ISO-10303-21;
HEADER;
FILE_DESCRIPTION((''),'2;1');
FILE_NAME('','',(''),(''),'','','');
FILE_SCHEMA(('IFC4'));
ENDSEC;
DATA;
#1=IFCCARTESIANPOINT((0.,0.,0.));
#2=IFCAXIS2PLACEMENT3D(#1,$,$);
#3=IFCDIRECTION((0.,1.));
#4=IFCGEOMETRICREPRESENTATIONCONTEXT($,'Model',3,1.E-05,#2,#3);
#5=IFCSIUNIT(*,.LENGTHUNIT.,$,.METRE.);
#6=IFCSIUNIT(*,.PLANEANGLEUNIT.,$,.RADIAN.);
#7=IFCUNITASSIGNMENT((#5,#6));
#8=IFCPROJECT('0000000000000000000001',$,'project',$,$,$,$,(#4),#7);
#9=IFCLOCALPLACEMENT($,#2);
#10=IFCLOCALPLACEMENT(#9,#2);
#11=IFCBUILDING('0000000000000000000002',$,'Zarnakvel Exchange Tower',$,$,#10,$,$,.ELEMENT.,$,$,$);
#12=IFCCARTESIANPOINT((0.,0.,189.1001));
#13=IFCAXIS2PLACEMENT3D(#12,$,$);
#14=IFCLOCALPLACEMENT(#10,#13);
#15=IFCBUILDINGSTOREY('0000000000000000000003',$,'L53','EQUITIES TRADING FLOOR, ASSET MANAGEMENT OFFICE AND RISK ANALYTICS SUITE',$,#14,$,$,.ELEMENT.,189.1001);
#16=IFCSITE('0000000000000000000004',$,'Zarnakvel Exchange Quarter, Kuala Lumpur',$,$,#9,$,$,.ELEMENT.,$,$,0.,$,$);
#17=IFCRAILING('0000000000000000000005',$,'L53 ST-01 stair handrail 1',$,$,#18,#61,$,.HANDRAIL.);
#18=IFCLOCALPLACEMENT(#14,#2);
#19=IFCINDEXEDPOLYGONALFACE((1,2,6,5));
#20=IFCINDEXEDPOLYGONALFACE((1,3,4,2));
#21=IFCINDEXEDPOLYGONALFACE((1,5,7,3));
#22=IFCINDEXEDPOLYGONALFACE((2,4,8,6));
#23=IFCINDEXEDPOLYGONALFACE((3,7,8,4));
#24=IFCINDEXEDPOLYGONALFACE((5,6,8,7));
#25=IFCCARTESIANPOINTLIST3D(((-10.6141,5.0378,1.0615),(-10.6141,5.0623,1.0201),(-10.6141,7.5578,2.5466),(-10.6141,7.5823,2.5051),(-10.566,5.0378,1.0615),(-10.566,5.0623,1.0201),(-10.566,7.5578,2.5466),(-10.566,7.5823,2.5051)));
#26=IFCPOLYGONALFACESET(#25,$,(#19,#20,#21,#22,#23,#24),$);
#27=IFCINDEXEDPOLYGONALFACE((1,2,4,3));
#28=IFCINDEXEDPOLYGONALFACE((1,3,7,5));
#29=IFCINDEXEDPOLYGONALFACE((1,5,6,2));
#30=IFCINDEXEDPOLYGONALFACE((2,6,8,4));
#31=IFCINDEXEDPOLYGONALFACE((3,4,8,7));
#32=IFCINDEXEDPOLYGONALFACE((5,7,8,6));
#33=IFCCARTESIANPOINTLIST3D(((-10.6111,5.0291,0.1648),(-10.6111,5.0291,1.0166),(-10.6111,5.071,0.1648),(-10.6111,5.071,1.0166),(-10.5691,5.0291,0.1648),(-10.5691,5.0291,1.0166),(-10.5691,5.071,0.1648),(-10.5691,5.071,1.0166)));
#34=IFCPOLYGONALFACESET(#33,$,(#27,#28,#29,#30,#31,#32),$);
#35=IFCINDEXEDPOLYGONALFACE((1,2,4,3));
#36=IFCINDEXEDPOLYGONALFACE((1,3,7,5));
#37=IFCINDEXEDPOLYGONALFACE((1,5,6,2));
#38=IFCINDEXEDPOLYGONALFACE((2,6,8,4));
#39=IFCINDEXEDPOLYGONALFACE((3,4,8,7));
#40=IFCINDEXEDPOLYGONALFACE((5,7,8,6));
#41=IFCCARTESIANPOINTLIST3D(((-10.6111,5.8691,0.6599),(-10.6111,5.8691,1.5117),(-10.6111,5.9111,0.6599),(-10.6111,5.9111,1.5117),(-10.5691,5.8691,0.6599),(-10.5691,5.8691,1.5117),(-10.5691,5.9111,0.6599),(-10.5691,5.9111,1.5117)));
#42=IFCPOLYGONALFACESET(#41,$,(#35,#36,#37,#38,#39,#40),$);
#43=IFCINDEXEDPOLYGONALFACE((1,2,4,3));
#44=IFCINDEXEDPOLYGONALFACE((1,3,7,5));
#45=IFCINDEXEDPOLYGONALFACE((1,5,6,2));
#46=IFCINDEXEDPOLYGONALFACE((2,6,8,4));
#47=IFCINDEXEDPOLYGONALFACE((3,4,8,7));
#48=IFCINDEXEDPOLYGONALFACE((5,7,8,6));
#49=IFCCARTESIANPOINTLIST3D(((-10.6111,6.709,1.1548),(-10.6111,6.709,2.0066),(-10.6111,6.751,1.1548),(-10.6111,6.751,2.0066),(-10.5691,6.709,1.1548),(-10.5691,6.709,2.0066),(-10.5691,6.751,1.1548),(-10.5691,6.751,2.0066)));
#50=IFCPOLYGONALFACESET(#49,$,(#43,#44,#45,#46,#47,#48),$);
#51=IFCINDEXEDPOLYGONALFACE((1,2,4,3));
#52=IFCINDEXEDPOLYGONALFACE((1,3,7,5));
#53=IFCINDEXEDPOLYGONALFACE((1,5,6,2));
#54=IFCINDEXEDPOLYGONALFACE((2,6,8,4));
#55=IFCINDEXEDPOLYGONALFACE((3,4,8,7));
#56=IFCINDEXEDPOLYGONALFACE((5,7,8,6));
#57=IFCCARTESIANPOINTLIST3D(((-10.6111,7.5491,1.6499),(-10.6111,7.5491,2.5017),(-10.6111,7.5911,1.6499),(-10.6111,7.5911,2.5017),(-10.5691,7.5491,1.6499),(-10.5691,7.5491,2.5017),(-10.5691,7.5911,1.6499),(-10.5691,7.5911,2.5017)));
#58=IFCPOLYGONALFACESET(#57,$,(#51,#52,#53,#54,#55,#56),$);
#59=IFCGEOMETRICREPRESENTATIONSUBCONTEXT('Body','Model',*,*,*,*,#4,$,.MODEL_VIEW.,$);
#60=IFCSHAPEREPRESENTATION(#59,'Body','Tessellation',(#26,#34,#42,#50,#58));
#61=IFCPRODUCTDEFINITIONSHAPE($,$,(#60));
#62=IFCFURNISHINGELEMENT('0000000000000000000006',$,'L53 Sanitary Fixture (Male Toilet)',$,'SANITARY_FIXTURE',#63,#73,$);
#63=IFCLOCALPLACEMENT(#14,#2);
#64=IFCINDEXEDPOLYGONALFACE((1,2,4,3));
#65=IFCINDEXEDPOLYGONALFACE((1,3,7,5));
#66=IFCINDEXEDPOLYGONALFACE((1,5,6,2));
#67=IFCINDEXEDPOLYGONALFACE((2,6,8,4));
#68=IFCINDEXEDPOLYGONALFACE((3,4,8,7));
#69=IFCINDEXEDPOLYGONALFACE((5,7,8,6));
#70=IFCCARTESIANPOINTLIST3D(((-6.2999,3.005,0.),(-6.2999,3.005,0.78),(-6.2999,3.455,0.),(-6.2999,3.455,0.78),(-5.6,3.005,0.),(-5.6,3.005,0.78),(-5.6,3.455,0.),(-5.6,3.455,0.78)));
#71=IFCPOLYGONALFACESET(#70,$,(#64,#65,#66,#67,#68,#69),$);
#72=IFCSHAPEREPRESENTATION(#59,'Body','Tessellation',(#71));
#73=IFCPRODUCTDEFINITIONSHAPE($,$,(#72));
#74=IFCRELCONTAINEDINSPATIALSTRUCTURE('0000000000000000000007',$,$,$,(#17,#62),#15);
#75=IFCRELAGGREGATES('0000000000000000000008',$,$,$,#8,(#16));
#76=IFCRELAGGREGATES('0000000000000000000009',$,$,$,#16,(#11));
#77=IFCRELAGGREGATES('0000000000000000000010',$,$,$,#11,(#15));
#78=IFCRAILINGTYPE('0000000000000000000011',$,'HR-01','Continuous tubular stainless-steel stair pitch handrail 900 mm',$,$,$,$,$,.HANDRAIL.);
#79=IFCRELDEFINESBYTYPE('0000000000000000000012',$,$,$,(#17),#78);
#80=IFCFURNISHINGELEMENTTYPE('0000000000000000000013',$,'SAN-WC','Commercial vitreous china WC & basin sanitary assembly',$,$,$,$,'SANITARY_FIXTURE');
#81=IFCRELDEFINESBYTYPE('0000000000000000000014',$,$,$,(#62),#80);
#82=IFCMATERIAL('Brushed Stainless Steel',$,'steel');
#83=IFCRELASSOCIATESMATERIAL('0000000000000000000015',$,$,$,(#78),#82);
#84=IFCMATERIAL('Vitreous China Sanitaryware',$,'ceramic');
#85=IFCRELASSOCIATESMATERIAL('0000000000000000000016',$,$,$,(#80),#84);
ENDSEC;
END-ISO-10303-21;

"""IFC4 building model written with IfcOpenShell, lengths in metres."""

from ifc_helpers import new_model, si_unit, direction, frame, origin, origin_2d, place, context, subcontext, project, spatial, rectangle, extrude, source, transform, mapped, material, type_object, element, save


model = new_model("IFC4")

# Units and contexts
model_context = context("Model", 3, precision=1e-05, world=origin(), true_north=direction((0.0, 1.0)))
body_context = subcontext(model_context, "Body", "Model", "MODEL_VIEW")
ifc_project = project(units=[si_unit("LENGTHUNIT", "METRE"), si_unit("PLANEANGLEUNIT", "RADIAN")], contexts=[model_context])

# Site, building, storey
site_placement = place(None, origin())
site = spatial("IfcSite", under=ifc_project, at=site_placement, Name="Zarnakvel Exchange Quarter, Kuala Lumpur", CompositionType="ELEMENT", RefElevation=0.0)
building_placement = place(site_placement, origin())
building = spatial("IfcBuilding", under=site, at=building_placement, Name="Zarnakvel Exchange Tower", CompositionType="ELEMENT")
storey_placement = place(building_placement, frame((0.0, 0.0, 189.1001)))
storey = spatial("IfcBuildingStorey", under=building, at=storey_placement, Name="L53", Description="EQUITIES TRADING FLOOR, ASSET MANAGEMENT OFFICE AND RISK ANALYTICS SUITE", CompositionType="ELEMENT", Elevation=189.1001)

# Shared definitions
ifc_material_1 = material(Name="Brushed Stainless Steel", Category="steel")

# Railing
railing_type = type_object("IfcRailingType", Name="HR-01", Description="Continuous tubular stainless-steel stair pitch handrail 900 mm", PredefinedType="HANDRAIL", material=ifc_material_1)
railing_placement = place(storey_placement, frame((-10.5901, 5.05, 0.1648)))
element("IfcRailing", 1, at=railing_placement, inside=storey, type_object=railing_type, Name="L53 ST-01 stair handrail 1", PredefinedType="HANDRAIL", context=body_context, shape_type="SweptSolid", body=[
    extrude(rectangle(XDim=0.0481, YDim=0.0481, at=origin_2d()), frame((0.0, 0.0, 0.876), z_axis=(0.0, 0.861524, 0.507717), x_axis=(-1.0, 0.0, 0.0)), (0.0, 0.0, 1.0), 2.925),
    extrude(rectangle(XDim=0.042, YDim=0.042, at=origin_2d()), origin(), (0.0, 0.0, 1.0), 0.8518),
    extrude(rectangle(XDim=0.042, YDim=0.042, at=origin_2d()), frame((0.0, 0.8401, 0.4951)), (0.0, 0.0, 1.0), 0.8518),
    extrude(rectangle(XDim=0.042, YDim=0.042, at=origin_2d()), frame((0.0, 1.6799, 0.99)), (0.0, 0.0, 1.0), 0.8518),
    extrude(rectangle(XDim=0.042, YDim=0.042, at=origin_2d()), frame((0.0, 2.52, 1.4851)), (0.0, 0.0, 1.0), 0.8518),
])

# Furnishing element
ifc_material_2 = material(Name="Vitreous China Sanitaryware", Category="ceramic")
furnishing_element_type = type_object("IfcFurnishingElementType", Name="SAN-WC", Description="Commercial vitreous china WC & basin sanitary assembly", ElementType="SANITARY_FIXTURE", material=ifc_material_2)
shared_shape_1 = source(origin(), body_context, "Body", "SweptSolid", [
    extrude(rectangle(XDim=0.7, YDim=0.45, at=origin_2d()), origin(), (0.0, 0.0, 1.0), 0.78),
])
furnishing_placement = place(storey_placement, frame((-5.95, 3.23, 0.0), z_axis=(0.0, 0.0, 1.0), x_axis=(1.0, 0.0, 0.0)))
element("IfcFurnishingElement", 2, at=furnishing_placement, inside=storey, type_object=furnishing_element_type, Name="L53 Sanitary Fixture (Male Toilet)", ObjectType="SANITARY_FIXTURE", context=body_context, shape_type="MappedRepresentation", body=[
    mapped(shared_shape_1, transform((0.0, 0.0, 0.0), x_axis=(1.0, 0.0, 0.0), y_axis=(0.0, 1.0, 0.0), z_axis=(0.0, 0.0, 1.0), scale=1.0)),
])

save(model, "model.ifc")
